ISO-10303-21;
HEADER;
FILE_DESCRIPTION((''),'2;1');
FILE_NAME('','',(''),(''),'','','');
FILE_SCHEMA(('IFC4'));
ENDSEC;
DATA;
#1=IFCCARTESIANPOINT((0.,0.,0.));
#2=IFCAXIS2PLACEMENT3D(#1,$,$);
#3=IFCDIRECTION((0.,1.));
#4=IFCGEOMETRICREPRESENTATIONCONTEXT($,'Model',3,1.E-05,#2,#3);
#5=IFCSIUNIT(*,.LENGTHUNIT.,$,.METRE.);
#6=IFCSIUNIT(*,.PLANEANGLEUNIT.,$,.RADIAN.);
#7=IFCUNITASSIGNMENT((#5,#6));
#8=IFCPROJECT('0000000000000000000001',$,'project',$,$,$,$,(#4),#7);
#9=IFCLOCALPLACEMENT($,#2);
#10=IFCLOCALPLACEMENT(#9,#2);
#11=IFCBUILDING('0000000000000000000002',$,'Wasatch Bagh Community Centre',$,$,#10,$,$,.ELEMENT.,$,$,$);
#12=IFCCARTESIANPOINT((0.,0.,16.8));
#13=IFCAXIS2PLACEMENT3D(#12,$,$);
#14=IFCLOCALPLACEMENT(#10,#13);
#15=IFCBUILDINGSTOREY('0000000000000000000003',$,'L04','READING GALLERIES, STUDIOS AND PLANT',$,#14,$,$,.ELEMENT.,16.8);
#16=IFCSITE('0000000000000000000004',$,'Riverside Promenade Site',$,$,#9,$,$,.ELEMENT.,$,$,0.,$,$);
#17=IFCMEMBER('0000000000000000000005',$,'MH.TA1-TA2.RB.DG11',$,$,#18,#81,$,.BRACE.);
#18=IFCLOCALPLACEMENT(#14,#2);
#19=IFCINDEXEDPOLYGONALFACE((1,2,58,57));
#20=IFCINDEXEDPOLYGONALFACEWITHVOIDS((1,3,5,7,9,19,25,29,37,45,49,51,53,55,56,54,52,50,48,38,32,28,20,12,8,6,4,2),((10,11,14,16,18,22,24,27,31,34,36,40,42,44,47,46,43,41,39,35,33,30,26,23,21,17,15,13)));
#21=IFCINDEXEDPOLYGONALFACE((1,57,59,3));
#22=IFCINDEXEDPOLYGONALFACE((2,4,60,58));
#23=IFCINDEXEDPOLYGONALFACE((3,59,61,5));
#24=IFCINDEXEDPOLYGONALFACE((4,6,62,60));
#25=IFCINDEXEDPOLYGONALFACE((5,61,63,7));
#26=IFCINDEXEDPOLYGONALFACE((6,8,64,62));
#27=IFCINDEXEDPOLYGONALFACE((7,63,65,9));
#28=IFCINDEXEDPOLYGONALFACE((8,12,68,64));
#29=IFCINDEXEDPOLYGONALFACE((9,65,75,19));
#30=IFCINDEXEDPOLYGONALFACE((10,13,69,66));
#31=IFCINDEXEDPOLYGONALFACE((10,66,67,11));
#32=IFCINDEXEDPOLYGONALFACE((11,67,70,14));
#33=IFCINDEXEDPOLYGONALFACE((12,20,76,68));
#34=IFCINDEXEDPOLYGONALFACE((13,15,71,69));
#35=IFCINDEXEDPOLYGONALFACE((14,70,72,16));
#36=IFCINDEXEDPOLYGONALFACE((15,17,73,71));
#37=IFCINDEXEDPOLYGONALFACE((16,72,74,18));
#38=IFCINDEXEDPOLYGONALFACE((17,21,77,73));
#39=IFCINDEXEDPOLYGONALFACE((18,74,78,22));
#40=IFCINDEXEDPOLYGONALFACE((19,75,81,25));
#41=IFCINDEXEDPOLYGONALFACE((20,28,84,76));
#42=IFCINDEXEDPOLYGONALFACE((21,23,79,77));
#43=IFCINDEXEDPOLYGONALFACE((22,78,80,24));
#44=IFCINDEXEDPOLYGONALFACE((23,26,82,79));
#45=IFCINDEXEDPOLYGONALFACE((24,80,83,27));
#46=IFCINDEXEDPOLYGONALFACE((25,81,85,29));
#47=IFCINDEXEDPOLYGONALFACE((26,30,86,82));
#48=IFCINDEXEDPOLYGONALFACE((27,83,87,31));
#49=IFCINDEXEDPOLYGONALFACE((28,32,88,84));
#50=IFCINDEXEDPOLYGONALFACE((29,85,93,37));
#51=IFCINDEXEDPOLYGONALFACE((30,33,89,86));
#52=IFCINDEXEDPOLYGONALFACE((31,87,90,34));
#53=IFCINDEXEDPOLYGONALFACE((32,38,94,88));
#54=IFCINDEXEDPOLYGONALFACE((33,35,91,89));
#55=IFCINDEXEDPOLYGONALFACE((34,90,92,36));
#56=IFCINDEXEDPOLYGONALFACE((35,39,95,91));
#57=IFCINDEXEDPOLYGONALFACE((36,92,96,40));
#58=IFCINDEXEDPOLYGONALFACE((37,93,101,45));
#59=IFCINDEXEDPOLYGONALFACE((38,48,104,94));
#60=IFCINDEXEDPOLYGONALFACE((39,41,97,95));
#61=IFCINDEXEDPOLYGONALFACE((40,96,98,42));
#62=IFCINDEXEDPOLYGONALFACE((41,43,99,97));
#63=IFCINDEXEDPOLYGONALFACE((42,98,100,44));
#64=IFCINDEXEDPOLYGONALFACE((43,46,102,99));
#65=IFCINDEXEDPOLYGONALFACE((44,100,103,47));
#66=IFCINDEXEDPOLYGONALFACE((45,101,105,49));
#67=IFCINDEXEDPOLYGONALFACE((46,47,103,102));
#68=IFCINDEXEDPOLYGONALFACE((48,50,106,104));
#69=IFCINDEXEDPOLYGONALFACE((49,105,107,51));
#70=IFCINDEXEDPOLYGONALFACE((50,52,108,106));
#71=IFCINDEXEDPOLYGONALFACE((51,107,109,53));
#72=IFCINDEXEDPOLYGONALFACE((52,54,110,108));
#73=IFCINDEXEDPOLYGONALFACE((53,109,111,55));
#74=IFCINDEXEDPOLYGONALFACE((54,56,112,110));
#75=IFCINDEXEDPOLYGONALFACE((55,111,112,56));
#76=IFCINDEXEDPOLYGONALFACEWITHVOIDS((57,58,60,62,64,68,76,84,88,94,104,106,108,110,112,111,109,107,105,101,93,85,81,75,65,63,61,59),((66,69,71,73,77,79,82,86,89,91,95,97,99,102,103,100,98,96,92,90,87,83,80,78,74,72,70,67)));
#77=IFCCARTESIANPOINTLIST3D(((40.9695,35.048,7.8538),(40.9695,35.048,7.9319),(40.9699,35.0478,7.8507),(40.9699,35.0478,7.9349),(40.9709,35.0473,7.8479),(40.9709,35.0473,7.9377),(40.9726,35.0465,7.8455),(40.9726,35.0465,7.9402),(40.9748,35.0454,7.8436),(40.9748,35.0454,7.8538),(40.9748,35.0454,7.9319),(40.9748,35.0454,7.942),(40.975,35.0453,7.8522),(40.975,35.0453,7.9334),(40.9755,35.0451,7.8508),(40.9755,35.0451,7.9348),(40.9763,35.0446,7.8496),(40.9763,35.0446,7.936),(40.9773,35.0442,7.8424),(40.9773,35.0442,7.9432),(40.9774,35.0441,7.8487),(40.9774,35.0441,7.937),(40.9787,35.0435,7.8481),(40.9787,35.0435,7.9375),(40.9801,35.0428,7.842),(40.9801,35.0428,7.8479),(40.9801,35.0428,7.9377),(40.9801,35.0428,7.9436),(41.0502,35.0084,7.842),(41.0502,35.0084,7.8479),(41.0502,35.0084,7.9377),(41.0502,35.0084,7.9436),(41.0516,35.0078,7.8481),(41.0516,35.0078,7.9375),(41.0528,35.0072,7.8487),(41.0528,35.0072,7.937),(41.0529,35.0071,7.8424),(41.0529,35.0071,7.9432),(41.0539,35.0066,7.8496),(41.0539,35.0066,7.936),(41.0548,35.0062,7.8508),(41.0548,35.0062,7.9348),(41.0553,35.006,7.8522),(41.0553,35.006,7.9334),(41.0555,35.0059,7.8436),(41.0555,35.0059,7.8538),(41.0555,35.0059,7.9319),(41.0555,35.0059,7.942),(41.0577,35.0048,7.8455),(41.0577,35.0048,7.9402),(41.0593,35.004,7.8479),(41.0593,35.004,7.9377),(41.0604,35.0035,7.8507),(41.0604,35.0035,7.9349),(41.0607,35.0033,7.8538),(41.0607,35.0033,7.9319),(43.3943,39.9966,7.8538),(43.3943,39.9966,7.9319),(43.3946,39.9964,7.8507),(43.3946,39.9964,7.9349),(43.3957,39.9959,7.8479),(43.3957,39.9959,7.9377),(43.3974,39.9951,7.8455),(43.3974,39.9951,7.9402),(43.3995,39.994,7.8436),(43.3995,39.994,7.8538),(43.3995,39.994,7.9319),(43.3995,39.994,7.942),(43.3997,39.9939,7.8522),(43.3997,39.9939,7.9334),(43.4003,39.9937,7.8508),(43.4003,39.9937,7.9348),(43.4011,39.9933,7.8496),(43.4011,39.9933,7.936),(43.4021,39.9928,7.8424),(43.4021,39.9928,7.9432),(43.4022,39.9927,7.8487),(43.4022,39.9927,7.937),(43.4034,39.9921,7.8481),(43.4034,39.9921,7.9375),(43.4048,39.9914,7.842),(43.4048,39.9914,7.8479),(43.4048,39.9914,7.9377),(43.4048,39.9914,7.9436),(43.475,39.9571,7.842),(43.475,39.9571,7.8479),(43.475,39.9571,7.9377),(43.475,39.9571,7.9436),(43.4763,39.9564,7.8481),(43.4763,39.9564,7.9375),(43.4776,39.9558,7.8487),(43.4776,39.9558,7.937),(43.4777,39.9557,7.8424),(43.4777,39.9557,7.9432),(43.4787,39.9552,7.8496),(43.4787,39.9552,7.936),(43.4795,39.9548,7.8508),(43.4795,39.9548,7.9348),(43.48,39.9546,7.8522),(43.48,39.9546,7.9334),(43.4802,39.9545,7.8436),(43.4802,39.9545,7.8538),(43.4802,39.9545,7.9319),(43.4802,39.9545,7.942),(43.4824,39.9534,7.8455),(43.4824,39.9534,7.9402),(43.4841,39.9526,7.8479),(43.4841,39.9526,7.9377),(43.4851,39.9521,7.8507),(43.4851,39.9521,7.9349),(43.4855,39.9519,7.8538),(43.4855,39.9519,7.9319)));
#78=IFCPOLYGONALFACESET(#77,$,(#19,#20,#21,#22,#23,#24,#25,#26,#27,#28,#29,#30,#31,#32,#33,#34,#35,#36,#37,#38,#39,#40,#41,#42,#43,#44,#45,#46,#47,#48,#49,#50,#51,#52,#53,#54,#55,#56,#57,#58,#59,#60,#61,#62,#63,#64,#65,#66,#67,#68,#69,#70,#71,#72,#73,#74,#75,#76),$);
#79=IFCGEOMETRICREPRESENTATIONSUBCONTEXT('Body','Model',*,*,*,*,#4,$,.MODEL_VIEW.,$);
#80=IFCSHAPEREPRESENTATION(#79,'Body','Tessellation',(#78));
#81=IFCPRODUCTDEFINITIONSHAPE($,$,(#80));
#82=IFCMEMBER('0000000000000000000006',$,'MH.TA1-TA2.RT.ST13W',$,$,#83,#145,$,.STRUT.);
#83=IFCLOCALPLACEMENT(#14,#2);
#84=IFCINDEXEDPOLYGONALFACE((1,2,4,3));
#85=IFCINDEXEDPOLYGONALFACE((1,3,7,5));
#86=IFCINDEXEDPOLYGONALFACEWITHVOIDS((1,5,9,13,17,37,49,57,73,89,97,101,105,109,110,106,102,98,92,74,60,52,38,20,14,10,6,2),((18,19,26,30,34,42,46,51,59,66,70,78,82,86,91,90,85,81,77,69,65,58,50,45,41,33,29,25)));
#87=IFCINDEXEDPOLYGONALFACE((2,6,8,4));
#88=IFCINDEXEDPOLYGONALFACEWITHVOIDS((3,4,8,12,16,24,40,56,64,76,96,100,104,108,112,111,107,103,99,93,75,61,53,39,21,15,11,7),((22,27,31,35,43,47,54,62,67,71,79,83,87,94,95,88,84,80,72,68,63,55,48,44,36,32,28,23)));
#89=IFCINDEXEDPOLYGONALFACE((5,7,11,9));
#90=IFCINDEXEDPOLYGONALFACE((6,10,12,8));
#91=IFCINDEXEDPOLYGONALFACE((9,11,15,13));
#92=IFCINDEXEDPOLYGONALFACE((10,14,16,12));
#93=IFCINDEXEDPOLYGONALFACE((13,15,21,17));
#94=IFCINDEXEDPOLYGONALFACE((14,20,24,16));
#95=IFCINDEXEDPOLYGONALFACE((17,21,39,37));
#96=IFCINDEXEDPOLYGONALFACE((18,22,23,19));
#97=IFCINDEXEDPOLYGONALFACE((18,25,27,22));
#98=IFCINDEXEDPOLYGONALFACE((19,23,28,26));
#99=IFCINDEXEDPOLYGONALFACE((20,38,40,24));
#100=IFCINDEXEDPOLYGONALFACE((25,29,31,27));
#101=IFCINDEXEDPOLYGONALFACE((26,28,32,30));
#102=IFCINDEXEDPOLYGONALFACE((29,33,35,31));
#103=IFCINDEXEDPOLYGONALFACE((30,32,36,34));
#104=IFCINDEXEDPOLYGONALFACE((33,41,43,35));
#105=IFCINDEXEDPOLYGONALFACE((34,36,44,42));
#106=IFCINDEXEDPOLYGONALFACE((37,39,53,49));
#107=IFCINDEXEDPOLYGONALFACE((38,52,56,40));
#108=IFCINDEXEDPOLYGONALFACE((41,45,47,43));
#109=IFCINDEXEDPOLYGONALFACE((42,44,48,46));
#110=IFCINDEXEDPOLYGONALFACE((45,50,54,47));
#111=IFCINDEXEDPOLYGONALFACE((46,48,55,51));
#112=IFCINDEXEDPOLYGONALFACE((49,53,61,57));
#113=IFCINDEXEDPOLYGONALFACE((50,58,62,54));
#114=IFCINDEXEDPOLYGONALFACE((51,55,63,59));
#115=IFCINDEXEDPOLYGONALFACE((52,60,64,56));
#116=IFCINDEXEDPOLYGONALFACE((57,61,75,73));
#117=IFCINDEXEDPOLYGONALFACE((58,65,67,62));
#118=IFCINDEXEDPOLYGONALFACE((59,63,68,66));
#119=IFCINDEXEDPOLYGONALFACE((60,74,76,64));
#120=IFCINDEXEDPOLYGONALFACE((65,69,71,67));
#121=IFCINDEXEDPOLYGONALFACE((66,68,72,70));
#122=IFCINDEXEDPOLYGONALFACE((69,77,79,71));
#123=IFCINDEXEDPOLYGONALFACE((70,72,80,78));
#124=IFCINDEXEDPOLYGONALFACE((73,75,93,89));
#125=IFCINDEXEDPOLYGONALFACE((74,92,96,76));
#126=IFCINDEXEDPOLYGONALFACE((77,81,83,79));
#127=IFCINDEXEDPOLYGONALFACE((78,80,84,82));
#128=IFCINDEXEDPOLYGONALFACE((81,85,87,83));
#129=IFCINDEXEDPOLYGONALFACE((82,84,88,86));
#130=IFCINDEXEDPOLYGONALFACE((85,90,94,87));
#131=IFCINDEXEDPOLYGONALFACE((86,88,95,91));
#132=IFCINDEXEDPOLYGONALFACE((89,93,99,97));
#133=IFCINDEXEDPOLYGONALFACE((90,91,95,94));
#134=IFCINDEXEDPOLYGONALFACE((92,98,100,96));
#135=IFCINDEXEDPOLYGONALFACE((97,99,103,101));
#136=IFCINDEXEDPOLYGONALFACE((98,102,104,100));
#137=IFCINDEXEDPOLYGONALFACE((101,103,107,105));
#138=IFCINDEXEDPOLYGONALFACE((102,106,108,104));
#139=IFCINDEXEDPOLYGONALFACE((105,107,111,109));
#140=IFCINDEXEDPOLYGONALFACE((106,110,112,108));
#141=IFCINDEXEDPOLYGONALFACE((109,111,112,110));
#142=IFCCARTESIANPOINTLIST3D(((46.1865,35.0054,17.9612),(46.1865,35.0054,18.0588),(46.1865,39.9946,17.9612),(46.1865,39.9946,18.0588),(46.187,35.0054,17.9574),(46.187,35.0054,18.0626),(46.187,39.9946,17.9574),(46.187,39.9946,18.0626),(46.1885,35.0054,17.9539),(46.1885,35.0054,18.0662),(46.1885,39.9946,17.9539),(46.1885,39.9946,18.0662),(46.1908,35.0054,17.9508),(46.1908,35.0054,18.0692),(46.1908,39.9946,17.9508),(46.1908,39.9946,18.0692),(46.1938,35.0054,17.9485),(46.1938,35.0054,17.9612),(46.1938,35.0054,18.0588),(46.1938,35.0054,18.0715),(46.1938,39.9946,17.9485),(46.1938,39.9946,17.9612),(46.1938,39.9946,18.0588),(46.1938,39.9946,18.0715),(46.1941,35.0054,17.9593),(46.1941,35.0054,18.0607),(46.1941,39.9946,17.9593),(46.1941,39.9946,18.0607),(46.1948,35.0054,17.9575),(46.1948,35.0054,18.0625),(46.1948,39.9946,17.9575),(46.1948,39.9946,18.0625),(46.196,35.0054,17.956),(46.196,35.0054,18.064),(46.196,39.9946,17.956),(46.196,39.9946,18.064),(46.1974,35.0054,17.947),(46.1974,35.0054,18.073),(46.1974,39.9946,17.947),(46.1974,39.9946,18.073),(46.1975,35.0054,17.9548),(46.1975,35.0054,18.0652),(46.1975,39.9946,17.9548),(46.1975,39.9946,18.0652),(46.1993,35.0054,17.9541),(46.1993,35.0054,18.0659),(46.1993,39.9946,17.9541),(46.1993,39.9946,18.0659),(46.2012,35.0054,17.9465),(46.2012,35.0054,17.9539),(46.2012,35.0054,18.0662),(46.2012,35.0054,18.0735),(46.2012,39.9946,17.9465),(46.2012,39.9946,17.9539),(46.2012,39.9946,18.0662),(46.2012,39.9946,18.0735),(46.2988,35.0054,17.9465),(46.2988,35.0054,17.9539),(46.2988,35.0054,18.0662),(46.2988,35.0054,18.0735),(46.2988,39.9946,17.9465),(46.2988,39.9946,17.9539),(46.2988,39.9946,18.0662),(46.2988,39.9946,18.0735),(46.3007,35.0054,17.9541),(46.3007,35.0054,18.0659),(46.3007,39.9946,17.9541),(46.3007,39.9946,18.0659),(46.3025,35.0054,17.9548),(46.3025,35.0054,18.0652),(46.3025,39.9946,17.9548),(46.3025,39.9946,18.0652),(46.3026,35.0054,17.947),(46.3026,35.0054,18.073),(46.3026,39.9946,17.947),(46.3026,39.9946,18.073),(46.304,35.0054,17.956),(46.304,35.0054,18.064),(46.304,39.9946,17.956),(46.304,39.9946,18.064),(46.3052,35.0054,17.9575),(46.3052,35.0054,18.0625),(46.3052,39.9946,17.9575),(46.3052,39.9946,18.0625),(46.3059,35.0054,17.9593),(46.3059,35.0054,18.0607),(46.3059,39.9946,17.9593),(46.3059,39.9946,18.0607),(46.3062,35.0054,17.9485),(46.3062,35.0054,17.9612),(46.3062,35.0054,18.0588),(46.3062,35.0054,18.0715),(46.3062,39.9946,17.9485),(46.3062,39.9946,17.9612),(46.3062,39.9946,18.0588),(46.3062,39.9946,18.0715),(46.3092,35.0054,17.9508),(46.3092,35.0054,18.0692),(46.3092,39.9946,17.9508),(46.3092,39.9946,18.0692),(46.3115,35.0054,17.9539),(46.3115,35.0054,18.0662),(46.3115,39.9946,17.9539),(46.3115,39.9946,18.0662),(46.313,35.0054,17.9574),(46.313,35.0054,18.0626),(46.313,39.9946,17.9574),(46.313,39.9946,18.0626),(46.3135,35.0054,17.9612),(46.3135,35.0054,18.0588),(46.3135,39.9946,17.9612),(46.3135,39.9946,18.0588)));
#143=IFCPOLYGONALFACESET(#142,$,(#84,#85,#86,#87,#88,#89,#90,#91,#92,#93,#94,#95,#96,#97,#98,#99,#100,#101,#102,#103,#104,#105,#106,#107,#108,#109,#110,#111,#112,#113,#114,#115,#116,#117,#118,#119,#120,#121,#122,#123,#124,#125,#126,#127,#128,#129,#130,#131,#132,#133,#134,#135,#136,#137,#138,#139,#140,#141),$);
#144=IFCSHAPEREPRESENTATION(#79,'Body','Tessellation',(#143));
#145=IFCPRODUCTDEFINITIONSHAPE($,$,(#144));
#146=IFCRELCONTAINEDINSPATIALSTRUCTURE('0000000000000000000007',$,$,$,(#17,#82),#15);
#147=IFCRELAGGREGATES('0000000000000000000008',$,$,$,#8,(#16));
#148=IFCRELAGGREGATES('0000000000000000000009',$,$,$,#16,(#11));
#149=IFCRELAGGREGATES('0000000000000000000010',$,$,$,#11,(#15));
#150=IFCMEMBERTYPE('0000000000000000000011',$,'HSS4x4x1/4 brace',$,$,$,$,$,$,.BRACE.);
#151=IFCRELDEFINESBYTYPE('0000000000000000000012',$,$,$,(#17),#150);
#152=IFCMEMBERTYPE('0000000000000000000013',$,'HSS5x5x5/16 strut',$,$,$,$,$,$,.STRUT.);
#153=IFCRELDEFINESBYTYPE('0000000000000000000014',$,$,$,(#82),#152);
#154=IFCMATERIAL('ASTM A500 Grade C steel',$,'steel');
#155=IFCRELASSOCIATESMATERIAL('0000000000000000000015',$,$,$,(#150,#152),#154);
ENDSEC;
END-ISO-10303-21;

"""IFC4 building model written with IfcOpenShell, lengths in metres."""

from ifc_helpers import new_model, si_unit, direction, frame, origin, origin_2d, place, context, subcontext, project, spatial, hollow_rectangle, extrude, material, material_profile, profile_set, type_object, element, save


model = new_model("IFC4")

# Units and contexts
model_context = context("Model", 3, precision=1e-05, world=origin(), true_north=direction((0.0, 1.0)))
body_context = subcontext(model_context, "Body", "Model", "MODEL_VIEW")
ifc_project = project(units=[si_unit("LENGTHUNIT", "METRE"), si_unit("PLANEANGLEUNIT", "RADIAN")], contexts=[model_context])

# Site, building, storey
site_placement = place(None, origin())
site = spatial("IfcSite", under=ifc_project, at=site_placement, Name="Riverside Promenade Site", CompositionType="ELEMENT", RefElevation=0.0)
building_placement = place(site_placement, origin())
building = spatial("IfcBuilding", under=site, at=building_placement, Name="Wasatch Bagh Community Centre", CompositionType="ELEMENT")
storey_placement = place(building_placement, frame((0.0, 0.0, 16.8)))
storey = spatial("IfcBuildingStorey", under=building, at=storey_placement, Name="L04", Description="READING GALLERIES, STUDIOS AND PLANT", CompositionType="ELEMENT", Elevation=16.8)

# Members
ifc_material_1 = material(Name="ASTM A500 Grade C steel", Category="steel")
ifc_material_profile_1 = material_profile(ifc_material_1, hollow_rectangle(XDim=0.1016, YDim=0.1016, WallThickness=0.0059, InnerFilletRadius=0.0059, OuterFilletRadius=0.0117, at=origin_2d()), Name="HSS4x4x1/4")
ifc_profile_set_1 = profile_set([ifc_material_profile_1], Name="ASTM A500 Grade C steel")
member_type_1 = type_object("IfcMemberType", Name="HSS4x4x1/4 brace", PredefinedType="BRACE", material=ifc_profile_set_1)
member_1_placement = place(storey_placement, frame((41.0151, 35.0256, 7.8928), z_axis=(0.440005, 0.897996, 0.0), x_axis=(-0.897996, 0.440005, 0.0)))
element("IfcMember", 1, at=member_1_placement, inside=storey, type_object=member_type_1, Name="MH.TA1-TA2.RB.DG11", PredefinedType="BRACE", context=body_context, shape_type="SweptSolid", body=[
    extrude(hollow_rectangle(XDim=0.1016, YDim=0.1016, WallThickness=0.0059, InnerFilletRadius=0.0059, OuterFilletRadius=0.0117, at=origin_2d()), origin(), (0.0, 0.0, 1.0), 5.5107),
])
ifc_material_profile_2 = material_profile(ifc_material_1, hollow_rectangle(XDim=0.127, YDim=0.127, WallThickness=0.0073, InnerFilletRadius=0.0073, OuterFilletRadius=0.0146, at=origin_2d()), Name="HSS5x5x5/16")
ifc_profile_set_2 = profile_set([ifc_material_profile_2], Name="ASTM A500 Grade C steel")
member_type_2 = type_object("IfcMemberType", Name="HSS5x5x5/16 strut", PredefinedType="STRUT", material=ifc_profile_set_2)
member_2_placement = place(storey_placement, frame((46.25, 35.0054, 18.01), z_axis=(0.0, 1.0, 0.0), x_axis=(-1.0, 0.0, 0.0)))
element("IfcMember", 2, at=member_2_placement, inside=storey, type_object=member_type_2, Name="MH.TA1-TA2.RT.ST13W", PredefinedType="STRUT", context=body_context, shape_type="SweptSolid", body=[
    extrude(hollow_rectangle(XDim=0.127, YDim=0.127, WallThickness=0.0073, InnerFilletRadius=0.0073, OuterFilletRadius=0.0146, at=origin_2d()), origin(), (0.0, 0.0, 1.0), 4.9893),
])

save(model, "model.ifc")
